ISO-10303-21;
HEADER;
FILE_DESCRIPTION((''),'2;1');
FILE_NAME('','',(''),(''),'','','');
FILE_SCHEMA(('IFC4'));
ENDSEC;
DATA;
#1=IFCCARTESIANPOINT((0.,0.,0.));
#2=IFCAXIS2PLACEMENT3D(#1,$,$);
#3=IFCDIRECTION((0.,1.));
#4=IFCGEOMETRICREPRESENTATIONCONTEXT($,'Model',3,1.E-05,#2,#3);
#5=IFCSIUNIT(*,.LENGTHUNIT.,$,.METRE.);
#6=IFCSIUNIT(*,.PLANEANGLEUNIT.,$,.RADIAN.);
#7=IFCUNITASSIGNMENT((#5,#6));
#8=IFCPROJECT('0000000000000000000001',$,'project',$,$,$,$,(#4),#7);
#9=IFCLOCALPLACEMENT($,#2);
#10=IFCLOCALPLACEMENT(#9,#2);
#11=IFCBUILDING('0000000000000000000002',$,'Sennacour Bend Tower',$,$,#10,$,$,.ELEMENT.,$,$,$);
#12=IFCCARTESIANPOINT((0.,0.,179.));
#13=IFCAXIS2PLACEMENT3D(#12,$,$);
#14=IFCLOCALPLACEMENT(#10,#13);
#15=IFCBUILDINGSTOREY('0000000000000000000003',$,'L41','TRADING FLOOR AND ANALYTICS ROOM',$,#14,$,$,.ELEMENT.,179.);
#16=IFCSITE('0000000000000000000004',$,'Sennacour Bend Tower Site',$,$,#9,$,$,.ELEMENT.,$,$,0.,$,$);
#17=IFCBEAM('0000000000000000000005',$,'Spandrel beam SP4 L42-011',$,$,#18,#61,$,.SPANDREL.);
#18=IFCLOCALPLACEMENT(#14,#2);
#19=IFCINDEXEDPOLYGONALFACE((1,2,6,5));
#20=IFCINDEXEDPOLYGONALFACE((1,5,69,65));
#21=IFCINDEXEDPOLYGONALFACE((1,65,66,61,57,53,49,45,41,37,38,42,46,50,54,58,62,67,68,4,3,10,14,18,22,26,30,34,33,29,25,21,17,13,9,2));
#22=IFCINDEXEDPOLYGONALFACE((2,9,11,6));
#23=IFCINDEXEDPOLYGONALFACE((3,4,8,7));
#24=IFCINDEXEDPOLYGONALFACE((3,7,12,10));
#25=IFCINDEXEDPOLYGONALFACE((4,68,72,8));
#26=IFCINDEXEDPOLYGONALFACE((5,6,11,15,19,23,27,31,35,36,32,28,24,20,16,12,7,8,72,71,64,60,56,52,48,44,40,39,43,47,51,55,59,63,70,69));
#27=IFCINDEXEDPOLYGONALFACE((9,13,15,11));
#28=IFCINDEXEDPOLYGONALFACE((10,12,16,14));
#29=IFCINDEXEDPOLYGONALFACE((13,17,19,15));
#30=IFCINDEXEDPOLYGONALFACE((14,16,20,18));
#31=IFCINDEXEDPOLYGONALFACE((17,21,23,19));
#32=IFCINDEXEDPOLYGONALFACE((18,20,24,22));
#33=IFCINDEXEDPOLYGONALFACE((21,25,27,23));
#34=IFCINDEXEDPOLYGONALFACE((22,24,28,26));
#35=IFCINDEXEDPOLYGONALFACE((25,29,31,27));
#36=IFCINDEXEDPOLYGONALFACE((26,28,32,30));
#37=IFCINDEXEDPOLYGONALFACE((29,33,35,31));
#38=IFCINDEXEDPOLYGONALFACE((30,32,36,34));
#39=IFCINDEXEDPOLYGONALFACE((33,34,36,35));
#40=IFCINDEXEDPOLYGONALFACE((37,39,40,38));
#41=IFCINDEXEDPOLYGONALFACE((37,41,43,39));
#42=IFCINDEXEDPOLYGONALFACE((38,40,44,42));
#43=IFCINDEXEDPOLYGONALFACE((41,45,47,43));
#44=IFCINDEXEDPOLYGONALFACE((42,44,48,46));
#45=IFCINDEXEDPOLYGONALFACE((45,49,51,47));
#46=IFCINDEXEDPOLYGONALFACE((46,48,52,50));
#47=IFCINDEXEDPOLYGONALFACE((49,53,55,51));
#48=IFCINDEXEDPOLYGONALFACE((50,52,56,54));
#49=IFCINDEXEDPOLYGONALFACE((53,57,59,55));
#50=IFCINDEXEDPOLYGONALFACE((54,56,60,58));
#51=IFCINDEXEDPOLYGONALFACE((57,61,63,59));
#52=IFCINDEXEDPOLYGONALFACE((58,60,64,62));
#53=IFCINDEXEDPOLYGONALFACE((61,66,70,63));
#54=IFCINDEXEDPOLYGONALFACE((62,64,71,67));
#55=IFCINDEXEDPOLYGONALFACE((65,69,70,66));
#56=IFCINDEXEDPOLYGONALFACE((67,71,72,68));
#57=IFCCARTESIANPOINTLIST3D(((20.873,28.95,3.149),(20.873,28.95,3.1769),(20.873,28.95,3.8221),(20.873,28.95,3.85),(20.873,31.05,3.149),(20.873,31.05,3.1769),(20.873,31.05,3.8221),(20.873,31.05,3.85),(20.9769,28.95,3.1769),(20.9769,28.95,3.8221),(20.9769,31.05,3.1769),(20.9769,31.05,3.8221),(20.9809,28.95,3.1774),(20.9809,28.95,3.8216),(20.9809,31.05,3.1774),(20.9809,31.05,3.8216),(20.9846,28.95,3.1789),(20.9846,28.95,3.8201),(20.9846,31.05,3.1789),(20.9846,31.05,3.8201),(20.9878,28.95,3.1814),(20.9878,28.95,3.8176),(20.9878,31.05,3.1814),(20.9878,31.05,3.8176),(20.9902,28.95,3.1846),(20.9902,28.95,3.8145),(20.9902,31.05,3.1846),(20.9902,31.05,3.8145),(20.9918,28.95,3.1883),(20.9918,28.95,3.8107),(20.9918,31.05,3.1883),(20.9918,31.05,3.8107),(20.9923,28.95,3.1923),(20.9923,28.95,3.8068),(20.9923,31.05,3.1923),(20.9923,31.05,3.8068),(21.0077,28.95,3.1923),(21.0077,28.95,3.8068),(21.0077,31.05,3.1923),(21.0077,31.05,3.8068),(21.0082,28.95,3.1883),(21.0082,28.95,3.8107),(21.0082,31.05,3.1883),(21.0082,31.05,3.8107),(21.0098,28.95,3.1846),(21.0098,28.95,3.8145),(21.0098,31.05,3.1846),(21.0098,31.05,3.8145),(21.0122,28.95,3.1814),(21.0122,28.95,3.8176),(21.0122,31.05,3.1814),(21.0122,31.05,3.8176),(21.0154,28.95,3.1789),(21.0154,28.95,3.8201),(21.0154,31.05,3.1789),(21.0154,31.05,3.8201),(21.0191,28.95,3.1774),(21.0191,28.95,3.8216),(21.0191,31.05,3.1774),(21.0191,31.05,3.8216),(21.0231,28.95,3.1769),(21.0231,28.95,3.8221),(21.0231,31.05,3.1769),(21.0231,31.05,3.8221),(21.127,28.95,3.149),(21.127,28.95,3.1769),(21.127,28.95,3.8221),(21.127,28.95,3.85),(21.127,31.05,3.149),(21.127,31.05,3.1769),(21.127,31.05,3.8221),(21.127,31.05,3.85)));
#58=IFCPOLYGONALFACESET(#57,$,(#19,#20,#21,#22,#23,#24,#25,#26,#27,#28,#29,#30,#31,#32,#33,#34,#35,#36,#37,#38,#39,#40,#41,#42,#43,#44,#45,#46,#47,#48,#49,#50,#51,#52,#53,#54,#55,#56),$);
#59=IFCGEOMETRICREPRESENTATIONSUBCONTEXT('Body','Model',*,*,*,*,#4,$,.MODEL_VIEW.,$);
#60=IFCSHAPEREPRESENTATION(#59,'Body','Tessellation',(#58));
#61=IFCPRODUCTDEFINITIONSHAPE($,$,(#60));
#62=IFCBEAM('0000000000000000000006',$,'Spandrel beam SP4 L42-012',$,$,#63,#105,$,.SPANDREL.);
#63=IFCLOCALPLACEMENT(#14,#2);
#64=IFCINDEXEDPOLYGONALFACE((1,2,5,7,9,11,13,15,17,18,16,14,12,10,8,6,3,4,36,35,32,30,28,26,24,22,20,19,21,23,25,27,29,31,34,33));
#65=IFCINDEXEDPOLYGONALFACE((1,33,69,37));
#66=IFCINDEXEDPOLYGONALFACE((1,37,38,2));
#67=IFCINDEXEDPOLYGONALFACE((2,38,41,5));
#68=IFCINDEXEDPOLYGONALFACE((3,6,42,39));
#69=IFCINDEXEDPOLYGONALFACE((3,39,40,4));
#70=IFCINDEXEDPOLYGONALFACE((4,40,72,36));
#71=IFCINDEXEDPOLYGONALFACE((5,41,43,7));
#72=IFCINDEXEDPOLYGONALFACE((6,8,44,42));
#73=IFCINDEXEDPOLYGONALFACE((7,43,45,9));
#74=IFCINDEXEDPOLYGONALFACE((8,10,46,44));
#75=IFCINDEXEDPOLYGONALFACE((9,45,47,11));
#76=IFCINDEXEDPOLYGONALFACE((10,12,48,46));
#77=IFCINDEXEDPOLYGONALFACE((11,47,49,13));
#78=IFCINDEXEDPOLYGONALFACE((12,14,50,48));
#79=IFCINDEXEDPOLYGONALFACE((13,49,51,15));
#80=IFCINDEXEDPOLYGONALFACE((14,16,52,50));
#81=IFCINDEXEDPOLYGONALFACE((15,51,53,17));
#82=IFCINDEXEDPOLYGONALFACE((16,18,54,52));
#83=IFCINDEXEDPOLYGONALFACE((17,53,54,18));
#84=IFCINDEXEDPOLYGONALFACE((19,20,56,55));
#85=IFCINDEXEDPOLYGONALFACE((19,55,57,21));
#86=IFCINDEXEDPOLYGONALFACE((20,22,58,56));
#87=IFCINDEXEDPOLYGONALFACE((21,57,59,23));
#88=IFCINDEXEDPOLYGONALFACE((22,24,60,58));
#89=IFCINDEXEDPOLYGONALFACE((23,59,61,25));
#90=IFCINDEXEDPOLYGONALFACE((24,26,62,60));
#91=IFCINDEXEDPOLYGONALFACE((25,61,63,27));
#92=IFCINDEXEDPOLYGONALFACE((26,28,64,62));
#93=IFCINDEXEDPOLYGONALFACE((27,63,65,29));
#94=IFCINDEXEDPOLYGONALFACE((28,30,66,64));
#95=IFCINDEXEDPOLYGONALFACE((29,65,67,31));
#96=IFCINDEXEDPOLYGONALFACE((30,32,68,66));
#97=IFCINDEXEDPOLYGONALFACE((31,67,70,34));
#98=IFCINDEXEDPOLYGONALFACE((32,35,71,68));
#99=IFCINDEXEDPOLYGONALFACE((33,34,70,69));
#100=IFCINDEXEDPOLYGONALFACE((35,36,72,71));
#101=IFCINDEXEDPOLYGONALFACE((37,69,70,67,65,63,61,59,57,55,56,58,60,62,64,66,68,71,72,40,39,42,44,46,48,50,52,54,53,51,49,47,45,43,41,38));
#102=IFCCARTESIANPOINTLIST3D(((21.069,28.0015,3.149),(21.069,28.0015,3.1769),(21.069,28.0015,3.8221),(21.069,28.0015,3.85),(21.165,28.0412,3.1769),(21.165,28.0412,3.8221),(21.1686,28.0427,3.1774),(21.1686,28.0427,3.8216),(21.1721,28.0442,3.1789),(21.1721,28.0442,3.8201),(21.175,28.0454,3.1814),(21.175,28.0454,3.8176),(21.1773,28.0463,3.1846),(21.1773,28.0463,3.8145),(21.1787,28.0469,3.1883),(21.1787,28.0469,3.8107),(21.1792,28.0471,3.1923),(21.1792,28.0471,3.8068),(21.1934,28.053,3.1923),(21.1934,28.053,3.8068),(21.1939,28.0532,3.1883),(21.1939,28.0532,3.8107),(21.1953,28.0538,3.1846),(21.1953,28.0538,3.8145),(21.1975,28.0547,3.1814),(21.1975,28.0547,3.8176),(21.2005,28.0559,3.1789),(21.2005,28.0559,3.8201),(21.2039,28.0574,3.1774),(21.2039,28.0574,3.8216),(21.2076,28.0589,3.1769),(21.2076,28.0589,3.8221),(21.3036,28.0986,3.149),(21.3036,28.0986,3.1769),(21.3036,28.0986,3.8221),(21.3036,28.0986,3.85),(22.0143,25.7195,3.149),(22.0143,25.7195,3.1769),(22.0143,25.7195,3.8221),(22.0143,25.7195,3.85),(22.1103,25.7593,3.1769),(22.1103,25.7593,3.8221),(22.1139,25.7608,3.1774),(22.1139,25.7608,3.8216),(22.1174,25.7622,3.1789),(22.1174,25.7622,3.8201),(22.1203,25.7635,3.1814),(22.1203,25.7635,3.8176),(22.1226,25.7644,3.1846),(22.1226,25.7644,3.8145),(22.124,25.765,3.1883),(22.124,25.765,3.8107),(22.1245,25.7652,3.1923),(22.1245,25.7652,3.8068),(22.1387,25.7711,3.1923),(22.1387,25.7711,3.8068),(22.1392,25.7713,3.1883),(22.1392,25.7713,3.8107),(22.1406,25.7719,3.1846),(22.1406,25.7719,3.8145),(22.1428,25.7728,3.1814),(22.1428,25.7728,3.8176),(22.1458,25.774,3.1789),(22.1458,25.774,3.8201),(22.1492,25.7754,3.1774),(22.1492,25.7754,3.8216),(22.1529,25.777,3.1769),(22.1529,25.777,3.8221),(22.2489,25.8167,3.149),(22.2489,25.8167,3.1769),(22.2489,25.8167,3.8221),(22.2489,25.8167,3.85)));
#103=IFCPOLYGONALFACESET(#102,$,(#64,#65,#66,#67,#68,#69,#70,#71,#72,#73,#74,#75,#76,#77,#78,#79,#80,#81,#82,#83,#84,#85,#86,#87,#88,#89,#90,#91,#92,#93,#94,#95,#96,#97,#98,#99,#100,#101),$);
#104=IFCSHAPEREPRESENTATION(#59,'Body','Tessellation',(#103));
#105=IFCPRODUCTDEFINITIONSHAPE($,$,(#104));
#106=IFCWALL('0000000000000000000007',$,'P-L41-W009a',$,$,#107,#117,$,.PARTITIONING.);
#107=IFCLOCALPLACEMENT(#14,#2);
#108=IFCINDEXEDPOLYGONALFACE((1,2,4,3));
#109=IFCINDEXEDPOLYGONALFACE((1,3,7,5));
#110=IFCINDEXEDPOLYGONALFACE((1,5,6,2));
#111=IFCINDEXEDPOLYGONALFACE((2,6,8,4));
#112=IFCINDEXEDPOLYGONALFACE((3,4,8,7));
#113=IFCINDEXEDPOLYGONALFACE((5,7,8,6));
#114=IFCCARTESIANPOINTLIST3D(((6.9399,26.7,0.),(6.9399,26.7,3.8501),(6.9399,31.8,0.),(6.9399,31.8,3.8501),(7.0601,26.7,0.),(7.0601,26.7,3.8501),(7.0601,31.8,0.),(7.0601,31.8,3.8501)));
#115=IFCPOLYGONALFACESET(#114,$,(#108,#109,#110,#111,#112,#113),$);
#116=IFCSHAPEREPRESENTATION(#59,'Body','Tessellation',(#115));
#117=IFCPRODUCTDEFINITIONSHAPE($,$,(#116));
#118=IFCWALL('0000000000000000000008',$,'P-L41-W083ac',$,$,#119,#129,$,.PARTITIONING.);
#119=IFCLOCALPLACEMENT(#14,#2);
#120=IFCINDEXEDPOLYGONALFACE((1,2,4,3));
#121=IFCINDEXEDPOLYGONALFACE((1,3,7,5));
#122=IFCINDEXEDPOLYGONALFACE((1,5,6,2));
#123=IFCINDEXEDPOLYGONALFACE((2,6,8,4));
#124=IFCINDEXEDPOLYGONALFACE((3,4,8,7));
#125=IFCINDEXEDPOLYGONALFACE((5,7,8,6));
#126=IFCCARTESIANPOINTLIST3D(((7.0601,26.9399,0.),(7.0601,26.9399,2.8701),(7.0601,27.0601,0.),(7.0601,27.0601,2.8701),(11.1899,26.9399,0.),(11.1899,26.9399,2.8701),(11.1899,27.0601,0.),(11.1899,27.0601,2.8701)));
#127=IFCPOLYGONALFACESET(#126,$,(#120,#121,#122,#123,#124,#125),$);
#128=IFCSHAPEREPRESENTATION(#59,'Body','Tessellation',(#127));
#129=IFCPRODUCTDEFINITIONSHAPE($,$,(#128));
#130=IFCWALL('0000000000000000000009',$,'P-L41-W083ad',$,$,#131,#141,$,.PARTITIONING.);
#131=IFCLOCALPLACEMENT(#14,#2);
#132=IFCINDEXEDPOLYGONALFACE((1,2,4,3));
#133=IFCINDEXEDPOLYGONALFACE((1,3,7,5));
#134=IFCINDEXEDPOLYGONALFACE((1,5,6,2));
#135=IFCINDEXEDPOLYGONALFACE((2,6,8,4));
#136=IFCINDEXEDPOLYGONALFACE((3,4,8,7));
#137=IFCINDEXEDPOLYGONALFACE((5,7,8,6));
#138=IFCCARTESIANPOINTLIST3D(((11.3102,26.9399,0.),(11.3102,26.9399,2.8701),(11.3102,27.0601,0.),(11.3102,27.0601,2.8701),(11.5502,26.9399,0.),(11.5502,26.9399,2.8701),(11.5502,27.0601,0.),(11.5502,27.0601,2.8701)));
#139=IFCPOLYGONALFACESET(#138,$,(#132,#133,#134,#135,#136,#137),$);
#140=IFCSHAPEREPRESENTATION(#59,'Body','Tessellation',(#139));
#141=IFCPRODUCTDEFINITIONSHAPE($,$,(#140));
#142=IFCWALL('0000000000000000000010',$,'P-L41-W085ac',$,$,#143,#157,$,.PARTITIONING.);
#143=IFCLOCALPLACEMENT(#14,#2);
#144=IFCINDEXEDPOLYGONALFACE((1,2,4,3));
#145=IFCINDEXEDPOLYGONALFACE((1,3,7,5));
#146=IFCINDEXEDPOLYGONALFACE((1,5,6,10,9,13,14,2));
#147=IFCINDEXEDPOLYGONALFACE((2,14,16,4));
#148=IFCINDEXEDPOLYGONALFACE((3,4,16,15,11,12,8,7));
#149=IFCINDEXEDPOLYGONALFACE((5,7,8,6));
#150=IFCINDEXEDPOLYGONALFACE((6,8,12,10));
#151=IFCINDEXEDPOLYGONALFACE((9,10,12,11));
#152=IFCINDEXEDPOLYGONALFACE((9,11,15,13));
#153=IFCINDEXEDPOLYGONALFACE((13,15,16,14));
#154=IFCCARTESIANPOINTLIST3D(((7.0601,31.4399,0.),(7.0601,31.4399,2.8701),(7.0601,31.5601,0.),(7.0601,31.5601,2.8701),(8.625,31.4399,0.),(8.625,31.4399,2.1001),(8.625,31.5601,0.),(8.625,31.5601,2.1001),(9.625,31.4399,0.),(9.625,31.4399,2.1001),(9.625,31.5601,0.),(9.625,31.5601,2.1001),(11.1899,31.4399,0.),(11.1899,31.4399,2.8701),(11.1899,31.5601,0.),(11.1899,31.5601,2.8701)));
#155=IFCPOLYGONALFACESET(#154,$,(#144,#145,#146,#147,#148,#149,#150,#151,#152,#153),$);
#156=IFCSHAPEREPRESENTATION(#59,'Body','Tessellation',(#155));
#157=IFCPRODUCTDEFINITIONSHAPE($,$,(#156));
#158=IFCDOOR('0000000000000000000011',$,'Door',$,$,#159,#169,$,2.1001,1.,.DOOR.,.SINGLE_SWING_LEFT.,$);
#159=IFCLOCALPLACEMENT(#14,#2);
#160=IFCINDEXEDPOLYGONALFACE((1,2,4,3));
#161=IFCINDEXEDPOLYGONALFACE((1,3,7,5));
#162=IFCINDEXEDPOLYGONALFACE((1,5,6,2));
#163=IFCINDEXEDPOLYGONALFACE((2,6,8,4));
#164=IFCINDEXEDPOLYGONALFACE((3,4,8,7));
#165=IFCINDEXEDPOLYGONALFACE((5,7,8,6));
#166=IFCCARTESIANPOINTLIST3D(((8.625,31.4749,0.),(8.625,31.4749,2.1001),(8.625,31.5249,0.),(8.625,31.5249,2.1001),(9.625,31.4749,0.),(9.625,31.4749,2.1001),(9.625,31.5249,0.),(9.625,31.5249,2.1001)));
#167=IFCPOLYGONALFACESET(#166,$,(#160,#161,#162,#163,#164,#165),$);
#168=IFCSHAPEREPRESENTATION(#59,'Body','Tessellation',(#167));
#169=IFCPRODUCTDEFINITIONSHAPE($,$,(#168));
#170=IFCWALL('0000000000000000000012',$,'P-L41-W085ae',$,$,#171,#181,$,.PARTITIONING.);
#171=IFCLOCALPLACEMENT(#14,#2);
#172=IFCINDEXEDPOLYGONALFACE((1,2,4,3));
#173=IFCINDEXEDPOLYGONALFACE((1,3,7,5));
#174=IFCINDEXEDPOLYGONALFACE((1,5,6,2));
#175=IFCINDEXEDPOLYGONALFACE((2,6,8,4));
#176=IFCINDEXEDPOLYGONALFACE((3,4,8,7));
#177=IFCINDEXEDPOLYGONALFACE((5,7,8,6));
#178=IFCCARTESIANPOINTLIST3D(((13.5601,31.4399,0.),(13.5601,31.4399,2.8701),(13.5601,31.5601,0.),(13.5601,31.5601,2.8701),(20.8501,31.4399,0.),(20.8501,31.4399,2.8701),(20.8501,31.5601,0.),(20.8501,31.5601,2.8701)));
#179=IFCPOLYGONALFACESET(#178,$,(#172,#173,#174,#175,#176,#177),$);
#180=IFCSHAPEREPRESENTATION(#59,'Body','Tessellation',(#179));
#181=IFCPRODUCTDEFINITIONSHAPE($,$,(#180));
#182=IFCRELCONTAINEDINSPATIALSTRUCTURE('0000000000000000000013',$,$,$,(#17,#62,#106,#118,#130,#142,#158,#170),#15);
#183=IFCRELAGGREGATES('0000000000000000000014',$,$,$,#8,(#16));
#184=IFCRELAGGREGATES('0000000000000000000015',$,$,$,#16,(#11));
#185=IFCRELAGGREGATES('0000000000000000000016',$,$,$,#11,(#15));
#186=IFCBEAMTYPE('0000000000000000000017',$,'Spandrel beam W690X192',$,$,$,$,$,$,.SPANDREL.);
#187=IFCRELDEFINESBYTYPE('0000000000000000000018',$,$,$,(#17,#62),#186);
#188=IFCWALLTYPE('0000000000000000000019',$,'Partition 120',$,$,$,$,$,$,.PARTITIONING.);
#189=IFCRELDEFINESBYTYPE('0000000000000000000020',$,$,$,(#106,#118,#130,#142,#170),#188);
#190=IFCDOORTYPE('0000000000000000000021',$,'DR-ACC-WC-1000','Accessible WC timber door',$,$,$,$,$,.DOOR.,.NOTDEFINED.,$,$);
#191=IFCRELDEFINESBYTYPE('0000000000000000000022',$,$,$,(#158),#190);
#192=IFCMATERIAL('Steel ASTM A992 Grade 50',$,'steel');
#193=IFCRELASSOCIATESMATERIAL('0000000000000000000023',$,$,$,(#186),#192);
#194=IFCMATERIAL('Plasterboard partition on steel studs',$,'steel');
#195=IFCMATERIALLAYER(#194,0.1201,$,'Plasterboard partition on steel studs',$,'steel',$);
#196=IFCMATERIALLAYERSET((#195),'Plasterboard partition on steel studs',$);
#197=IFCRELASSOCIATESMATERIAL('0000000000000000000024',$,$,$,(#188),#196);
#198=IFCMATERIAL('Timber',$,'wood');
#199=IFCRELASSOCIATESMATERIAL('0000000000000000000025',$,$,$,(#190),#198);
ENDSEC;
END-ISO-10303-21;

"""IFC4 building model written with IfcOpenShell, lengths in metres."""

from ifc_helpers import new_model, si_unit, direction, frame, frame_2d, origin, origin_2d, place, context, subcontext, project, spatial, rectangle, i_section, extrude, material, layer, layer_set, material_profile, profile_set, type_object, element, fill, save


model = new_model("IFC4")

# Units and contexts
model_context = context("Model", 3, precision=1e-05, world=origin(), true_north=direction((0.0, 1.0)))
body_context = subcontext(model_context, "Body", "Model", "MODEL_VIEW")
ifc_project = project(units=[si_unit("LENGTHUNIT", "METRE"), si_unit("PLANEANGLEUNIT", "RADIAN")], contexts=[model_context])

# Site, building, storey
site_placement = place(None, origin())
site = spatial("IfcSite", under=ifc_project, at=site_placement, Name="Sennacour Bend Tower Site", CompositionType="ELEMENT", RefElevation=0.0)
building_placement = place(site_placement, origin())
building = spatial("IfcBuilding", under=site, at=building_placement, Name="Sennacour Bend Tower", CompositionType="ELEMENT")
storey_placement = place(building_placement, frame((0.0, 0.0, 179.0)))
storey = spatial("IfcBuildingStorey", under=building, at=storey_placement, Name="L41", Description="TRADING FLOOR AND ANALYTICS ROOM", CompositionType="ELEMENT", Elevation=179.0)

# Beams
ifc_material_1 = material(Name="Steel ASTM A992 Grade 50", Category="steel")
ifc_material_profile_1 = material_profile(ifc_material_1, i_section(OverallWidth=0.2539, OverallDepth=0.7009, WebThickness=0.0154, FlangeThickness=0.0278, FilletRadius=0.0154, at=origin_2d()), Name="Steel ASTM A992 Grade 50", Category="steel")
ifc_profile_set_1 = profile_set([ifc_material_profile_1], Name="Steel ASTM A992 Grade 50")
beam_type_1 = type_object("IfcBeamType", Name="Spandrel beam W690X192", PredefinedType="SPANDREL", material=ifc_profile_set_1)
beam_1_placement = place(storey_placement, frame((21.0, 31.05, 3.4995), z_axis=(0.0, -1.0, 0.0), x_axis=(1.0, 0.0, 0.0)))
element("IfcBeam", 1, at=beam_1_placement, inside=storey, type_object=beam_type_1, Name="Spandrel beam SP4 L42-011", PredefinedType="SPANDREL", context=body_context, shape_type="SweptSolid", body=[
    extrude(i_section(OverallWidth=0.2539, OverallDepth=0.7009, WebThickness=0.0154, FlangeThickness=0.0278, FilletRadius=0.0154, at=origin_2d()), origin(), (0.0, 0.0, 1.0), 2.1001),
])
beam_2_placement = place(storey_placement, frame((21.1863, 28.05, 3.4995), z_axis=(0.382713, -0.923867, 0.0), x_axis=(0.923867, 0.382713, 0.0)))
element("IfcBeam", 2, at=beam_2_placement, inside=storey, type_object=beam_type_1, Name="Spandrel beam SP4 L42-012", PredefinedType="SPANDREL", context=body_context, shape_type="SweptSolid", body=[
    extrude(i_section(OverallWidth=0.2539, OverallDepth=0.7009, WebThickness=0.0154, FlangeThickness=0.0278, FilletRadius=0.0154, at=origin_2d()), origin(), (0.0, 0.0, 1.0), 2.47),
])

# Walls
ifc_material_2 = material(Name="Plasterboard partition on steel studs", Category="steel")
ifc_layer_1 = layer(ifc_material_2, 0.1201, Name="Plasterboard partition on steel studs", Category="steel")
ifc_layer_set_1 = layer_set([ifc_layer_1], Name="Plasterboard partition on steel studs")
wall_type_1 = type_object("IfcWallType", Name="Partition 120", PredefinedType="PARTITIONING", material=ifc_layer_set_1)
wall_1_placement = place(storey_placement, frame((7.0, 26.7, 0.0), z_axis=(0.0, 0.0, 1.0), x_axis=(0.0, 1.0, 0.0)))
element("IfcWall", 3, at=wall_1_placement, inside=storey, type_object=wall_type_1, Name="P-L41-W009a", PredefinedType="PARTITIONING", context=body_context, shape_type="SweptSolid", body=[
    extrude(rectangle(XDim=5.1001, YDim=0.1201, at=frame_2d((2.55, 0.0))), origin(), (0.0, 0.0, 1.0), 3.8501),
])
wall_2_placement = place(storey_placement, frame((7.0601, 27.0, 0.0), z_axis=(0.0, 0.0, 1.0), x_axis=(1.0, 0.0, 0.0)))
element("IfcWall", 4, at=wall_2_placement, inside=storey, type_object=wall_type_1, Name="P-L41-W083ac", PredefinedType="PARTITIONING", context=body_context, shape_type="SweptSolid", body=[
    extrude(rectangle(XDim=4.1299, YDim=0.1201, at=frame_2d((2.0649, 0.0))), origin(), (0.0, 0.0, 1.0), 2.8701),
])
wall_3_placement = place(storey_placement, frame((11.3101, 27.0, 0.0), z_axis=(0.0, 0.0, 1.0), x_axis=(1.0, 0.0, 0.0)))
element("IfcWall", 5, at=wall_3_placement, inside=storey, type_object=wall_type_1, Name="P-L41-W083ad", PredefinedType="PARTITIONING", context=body_context, shape_type="SweptSolid", body=[
    extrude(rectangle(XDim=0.24, YDim=0.1201, at=frame_2d((0.1201, 0.0))), origin(), (0.0, 0.0, 1.0), 2.8701),
])

# Wall, opening, door
wall_4_placement = place(storey_placement, frame((7.0601, 31.5, 0.0), z_axis=(0.0, 0.0, 1.0), x_axis=(1.0, 0.0, 0.0)))
wall_4 = element("IfcWall", 6, at=wall_4_placement, inside=storey, type_object=wall_type_1, Name="P-L41-W085ac", PredefinedType="PARTITIONING", context=body_context, shape_type="SweptSolid", body=[
    extrude(rectangle(XDim=4.1299, YDim=0.1201, at=frame_2d((2.0649, 0.0))), origin(), (0.0, 0.0, 1.0), 2.8701),
])
opening_1_placement = place(wall_4_placement, frame((1.5649, 0.0, 0.0)))
opening_1 = element("IfcOpeningElement", 7, at=opening_1_placement, cuts=wall_4, PredefinedType="OPENING", context=body_context, shape_type="SweptSolid", body=[
    extrude(rectangle(XDim=1.0, YDim=2.1001, at=frame_2d((0.5, 1.05))), frame((0.0, 0.0701, 0.0), z_axis=(0.0, -1.0, 0.0), x_axis=(1.0, 0.0, 0.0)), (0.0, 0.0, 1.0), 0.1401),
])
ifc_material_3 = material(Name="Timber", Category="wood")
door_type_1 = type_object("IfcDoorType", Name="DR-ACC-WC-1000", Description="Accessible WC timber door", OperationType="NOTDEFINED", PredefinedType="DOOR", material=ifc_material_3)
door_1_placement = place(opening_1_placement, origin())
door_1 = element("IfcDoor", 8, at=door_1_placement, inside=storey, type_object=door_type_1, Name="Door", OperationType="SINGLE_SWING_LEFT", OverallHeight=2.1001, OverallWidth=1.0, PredefinedType="DOOR", context=body_context, shape_type="SweptSolid", body=[
    extrude(rectangle(XDim=1.0, YDim=2.1001, at=frame_2d((0.5, 1.05))), frame((0.0, 0.0249, 0.0), z_axis=(0.0, -1.0, 0.0), x_axis=(1.0, 0.0, 0.0)), (0.0, 0.0, 1.0), 0.05),
])
fill(opening_1, door_1)

# Wall
wall_5_placement = place(storey_placement, frame((13.5601, 31.5, 0.0), z_axis=(0.0, 0.0, 1.0), x_axis=(1.0, 0.0, 0.0)))
element("IfcWall", 9, at=wall_5_placement, inside=storey, type_object=wall_type_1, Name="P-L41-W085ae", PredefinedType="PARTITIONING", context=body_context, shape_type="SweptSolid", body=[
    extrude(rectangle(XDim=7.29, YDim=0.1201, at=frame_2d((3.645, 0.0))), origin(), (0.0, 0.0, 1.0), 2.8701),
])

save(model, "model.ifc")
